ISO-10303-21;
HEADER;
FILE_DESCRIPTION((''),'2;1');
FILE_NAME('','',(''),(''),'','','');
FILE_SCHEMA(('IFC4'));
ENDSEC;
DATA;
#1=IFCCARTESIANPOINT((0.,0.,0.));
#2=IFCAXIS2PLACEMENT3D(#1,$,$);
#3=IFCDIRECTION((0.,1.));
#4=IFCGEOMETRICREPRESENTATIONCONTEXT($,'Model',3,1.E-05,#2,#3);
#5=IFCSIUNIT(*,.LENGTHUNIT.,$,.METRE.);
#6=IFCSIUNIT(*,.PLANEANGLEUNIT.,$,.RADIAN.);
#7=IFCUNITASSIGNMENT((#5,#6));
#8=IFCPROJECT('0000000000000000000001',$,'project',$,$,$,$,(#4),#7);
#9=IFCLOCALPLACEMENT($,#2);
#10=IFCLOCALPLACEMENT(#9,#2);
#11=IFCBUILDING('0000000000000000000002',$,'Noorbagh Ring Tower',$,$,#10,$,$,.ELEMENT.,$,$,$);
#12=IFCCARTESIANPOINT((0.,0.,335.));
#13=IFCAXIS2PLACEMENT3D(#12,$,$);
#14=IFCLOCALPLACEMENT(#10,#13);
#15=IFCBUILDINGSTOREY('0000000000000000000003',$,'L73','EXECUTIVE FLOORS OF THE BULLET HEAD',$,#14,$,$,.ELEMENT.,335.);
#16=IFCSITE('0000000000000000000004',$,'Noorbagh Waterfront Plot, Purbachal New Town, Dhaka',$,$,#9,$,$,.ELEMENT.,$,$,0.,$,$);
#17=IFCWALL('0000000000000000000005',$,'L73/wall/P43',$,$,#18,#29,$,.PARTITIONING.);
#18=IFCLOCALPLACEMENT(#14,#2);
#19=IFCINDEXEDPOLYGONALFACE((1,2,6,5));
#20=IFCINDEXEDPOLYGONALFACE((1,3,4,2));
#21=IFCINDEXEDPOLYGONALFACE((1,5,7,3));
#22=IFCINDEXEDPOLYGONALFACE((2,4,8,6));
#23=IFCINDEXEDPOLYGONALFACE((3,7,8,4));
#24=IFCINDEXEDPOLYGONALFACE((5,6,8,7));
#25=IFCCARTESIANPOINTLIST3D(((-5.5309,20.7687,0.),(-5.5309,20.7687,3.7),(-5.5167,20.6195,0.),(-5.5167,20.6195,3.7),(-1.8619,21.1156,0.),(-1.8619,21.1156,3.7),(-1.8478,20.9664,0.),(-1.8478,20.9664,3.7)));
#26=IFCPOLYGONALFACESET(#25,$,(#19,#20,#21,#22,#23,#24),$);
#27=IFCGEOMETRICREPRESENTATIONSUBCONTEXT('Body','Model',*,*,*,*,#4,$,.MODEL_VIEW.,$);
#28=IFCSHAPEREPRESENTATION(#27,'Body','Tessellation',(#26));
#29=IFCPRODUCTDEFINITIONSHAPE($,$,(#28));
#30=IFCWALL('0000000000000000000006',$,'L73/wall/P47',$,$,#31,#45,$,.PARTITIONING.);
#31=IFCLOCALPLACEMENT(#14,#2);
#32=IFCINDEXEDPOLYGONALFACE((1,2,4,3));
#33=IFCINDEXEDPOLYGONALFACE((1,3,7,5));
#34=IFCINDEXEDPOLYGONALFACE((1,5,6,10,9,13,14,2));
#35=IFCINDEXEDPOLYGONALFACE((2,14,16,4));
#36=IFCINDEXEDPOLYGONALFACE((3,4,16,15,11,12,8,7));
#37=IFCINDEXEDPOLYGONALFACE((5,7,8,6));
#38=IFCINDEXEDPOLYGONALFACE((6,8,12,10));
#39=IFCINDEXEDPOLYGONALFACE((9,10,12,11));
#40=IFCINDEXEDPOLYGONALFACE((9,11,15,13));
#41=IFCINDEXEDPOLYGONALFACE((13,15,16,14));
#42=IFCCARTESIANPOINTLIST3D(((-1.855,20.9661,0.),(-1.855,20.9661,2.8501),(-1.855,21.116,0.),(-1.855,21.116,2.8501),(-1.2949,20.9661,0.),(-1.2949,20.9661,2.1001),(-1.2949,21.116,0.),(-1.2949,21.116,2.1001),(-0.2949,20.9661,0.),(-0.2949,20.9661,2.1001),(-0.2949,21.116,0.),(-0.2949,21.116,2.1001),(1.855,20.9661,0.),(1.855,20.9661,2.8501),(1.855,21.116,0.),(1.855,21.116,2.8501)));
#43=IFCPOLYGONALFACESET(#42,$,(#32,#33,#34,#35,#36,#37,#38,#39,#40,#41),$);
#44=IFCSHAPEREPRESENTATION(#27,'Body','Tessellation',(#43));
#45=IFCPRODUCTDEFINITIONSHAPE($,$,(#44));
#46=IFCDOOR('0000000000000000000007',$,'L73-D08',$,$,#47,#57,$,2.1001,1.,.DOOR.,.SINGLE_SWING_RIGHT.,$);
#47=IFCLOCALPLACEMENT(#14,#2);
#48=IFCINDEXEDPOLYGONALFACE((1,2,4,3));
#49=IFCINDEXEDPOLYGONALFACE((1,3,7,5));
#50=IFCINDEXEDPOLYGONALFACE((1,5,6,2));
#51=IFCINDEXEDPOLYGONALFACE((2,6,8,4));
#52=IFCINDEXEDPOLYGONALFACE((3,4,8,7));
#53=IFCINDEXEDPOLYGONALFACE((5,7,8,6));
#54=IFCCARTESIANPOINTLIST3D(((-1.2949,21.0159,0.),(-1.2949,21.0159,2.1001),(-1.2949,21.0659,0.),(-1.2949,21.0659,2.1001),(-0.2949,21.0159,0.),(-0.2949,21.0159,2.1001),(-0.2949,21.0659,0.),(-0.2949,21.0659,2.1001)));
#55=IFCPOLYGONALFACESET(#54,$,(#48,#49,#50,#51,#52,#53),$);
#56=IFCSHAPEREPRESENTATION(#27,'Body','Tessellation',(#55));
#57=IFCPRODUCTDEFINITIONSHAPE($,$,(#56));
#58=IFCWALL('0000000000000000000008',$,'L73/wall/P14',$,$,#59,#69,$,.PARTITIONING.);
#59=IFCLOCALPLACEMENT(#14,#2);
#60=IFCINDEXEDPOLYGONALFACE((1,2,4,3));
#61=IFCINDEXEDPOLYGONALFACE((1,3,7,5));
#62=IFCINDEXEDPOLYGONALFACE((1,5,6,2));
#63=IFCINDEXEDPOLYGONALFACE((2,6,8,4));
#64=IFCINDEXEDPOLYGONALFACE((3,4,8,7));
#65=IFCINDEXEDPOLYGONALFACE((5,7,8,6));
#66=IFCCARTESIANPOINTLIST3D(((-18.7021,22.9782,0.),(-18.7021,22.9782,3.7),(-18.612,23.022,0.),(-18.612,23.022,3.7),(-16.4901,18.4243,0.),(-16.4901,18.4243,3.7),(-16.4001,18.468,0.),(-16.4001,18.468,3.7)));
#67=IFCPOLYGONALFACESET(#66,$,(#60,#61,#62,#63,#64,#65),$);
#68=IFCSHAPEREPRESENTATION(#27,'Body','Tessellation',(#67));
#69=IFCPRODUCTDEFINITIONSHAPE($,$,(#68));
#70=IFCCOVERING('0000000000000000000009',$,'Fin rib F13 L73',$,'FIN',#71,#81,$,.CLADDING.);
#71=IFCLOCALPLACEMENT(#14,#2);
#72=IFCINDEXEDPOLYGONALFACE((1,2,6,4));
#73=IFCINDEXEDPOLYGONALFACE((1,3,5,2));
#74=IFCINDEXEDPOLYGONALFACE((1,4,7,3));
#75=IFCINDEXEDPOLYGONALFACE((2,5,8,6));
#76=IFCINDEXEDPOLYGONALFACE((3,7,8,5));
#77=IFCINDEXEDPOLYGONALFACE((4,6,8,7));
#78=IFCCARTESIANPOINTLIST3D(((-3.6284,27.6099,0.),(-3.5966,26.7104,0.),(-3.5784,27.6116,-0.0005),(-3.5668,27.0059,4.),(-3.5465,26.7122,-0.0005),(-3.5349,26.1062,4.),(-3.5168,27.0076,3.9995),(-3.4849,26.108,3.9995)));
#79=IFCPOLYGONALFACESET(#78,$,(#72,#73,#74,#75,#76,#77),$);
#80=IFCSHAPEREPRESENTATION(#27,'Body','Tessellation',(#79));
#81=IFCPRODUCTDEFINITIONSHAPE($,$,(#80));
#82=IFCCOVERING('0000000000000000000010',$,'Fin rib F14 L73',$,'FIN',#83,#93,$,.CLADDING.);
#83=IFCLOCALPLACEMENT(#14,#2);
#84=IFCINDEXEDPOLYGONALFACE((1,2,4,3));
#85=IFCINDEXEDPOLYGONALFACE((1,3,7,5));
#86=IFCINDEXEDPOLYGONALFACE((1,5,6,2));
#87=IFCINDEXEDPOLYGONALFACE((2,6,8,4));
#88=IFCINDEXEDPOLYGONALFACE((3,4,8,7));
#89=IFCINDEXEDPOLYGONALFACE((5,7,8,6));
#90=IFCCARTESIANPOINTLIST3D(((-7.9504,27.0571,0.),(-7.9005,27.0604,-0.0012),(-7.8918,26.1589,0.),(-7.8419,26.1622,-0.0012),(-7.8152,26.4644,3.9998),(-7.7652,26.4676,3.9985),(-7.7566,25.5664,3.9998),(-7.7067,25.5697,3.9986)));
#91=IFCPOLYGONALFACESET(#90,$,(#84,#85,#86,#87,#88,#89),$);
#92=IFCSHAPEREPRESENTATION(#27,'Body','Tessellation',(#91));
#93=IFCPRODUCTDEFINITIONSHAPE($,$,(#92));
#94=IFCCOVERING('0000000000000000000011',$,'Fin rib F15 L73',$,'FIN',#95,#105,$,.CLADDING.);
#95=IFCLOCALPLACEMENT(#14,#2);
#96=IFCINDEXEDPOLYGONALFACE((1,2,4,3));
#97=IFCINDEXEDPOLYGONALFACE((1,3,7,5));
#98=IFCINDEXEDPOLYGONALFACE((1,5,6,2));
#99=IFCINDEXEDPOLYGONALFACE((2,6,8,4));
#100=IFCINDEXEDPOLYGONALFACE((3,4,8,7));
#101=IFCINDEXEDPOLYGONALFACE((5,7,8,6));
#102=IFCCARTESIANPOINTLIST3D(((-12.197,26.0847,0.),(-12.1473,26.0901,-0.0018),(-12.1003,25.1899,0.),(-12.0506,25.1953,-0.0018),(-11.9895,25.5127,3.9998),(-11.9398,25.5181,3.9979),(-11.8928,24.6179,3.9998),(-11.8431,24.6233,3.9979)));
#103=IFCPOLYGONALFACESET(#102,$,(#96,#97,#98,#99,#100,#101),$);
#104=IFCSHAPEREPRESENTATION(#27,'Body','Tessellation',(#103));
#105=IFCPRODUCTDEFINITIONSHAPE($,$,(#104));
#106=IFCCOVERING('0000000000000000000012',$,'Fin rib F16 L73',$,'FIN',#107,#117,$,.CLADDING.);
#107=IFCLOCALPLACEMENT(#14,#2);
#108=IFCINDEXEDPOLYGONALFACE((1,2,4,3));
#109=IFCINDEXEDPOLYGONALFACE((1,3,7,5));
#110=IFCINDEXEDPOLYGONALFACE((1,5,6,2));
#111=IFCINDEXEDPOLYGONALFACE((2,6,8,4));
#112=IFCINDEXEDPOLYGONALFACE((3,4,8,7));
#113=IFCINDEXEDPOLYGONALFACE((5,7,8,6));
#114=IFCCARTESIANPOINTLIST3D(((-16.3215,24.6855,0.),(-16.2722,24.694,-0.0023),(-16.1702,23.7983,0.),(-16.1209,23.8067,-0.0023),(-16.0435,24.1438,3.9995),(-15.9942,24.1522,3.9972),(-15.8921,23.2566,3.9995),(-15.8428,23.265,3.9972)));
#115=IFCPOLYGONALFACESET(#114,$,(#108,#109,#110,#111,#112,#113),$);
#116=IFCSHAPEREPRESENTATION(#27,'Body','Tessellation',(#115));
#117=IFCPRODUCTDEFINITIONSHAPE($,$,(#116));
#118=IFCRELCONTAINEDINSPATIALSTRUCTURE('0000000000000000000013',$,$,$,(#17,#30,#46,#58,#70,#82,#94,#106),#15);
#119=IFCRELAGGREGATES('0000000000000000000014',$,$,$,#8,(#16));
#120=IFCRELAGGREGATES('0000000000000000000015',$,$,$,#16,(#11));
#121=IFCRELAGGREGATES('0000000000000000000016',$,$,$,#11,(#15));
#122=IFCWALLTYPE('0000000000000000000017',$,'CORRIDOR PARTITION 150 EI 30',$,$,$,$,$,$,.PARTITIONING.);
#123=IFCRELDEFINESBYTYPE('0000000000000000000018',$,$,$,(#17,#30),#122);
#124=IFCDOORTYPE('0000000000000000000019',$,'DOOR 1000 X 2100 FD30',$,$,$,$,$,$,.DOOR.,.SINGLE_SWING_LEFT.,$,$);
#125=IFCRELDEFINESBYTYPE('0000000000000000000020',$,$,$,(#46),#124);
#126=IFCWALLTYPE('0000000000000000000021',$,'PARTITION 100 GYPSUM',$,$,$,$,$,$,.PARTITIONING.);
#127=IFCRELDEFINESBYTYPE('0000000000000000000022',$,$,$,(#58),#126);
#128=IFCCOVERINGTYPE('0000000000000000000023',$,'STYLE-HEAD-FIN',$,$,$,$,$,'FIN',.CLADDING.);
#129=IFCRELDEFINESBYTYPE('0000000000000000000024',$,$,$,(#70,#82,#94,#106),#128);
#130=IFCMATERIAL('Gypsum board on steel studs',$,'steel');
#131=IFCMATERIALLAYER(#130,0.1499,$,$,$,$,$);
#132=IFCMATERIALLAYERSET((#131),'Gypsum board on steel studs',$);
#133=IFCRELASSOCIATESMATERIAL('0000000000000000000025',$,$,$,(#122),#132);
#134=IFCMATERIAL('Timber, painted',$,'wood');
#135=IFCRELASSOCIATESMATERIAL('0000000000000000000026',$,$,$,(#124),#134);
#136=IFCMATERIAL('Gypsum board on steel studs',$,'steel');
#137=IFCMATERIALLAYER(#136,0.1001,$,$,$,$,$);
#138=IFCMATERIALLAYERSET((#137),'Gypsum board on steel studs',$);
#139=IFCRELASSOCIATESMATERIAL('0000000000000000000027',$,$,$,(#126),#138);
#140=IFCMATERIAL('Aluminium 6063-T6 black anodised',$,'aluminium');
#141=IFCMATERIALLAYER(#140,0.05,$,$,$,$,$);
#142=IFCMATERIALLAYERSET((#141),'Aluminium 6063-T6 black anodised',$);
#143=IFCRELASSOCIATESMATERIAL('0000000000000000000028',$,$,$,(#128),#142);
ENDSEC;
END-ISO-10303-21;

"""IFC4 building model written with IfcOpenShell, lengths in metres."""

from ifc_helpers import new_model, si_unit, direction, frame, frame_2d, origin, place, context, subcontext, project, spatial, polyline, rectangle, outline, extrude, material, layer, layer_set, type_object, element, fill, save


model = new_model("IFC4")

# Units and contexts
model_context = context("Model", 3, precision=1e-05, world=origin(), true_north=direction((0.0, 1.0)))
body_context = subcontext(model_context, "Body", "Model", "MODEL_VIEW")
ifc_project = project(units=[si_unit("LENGTHUNIT", "METRE"), si_unit("PLANEANGLEUNIT", "RADIAN")], contexts=[model_context])

# Site, building, storey
site_placement = place(None, origin())
site = spatial("IfcSite", under=ifc_project, at=site_placement, Name="Noorbagh Waterfront Plot, Purbachal New Town, Dhaka", CompositionType="ELEMENT", RefElevation=0.0)
building_placement = place(site_placement, origin())
building = spatial("IfcBuilding", under=site, at=building_placement, Name="Noorbagh Ring Tower", CompositionType="ELEMENT")
storey_placement = place(building_placement, frame((0.0, 0.0, 335.0)))
storey = spatial("IfcBuildingStorey", under=building, at=storey_placement, Name="L73", Description="EXECUTIVE FLOORS OF THE BULLET HEAD", CompositionType="ELEMENT", Elevation=335.0)

# Wall
ifc_material_1 = material(Name="Gypsum board on steel studs", Category="steel")
ifc_layer_1 = layer(ifc_material_1, 0.1499)
ifc_layer_set_1 = layer_set([ifc_layer_1], Name="Gypsum board on steel studs")
wall_type_1 = type_object("IfcWallType", Name="CORRIDOR PARTITION 150 EI 30", PredefinedType="PARTITIONING", material=ifc_layer_set_1)
wall_1_placement = place(storey_placement, frame((-5.5239, 20.6941, 0.0), z_axis=(0.0, 0.0, 1.0), x_axis=(0.995559, 0.094137, 0.0)))
element("IfcWall", 1, at=wall_1_placement, inside=storey, type_object=wall_type_1, Name="L73/wall/P43", PredefinedType="PARTITIONING", context=body_context, shape_type="SweptSolid", body=[
    extrude(rectangle(XDim=3.6853, YDim=0.1499, at=frame_2d((1.8428, 0.0))), origin(), (0.0, 0.0, 1.0), 3.7),
])

# Wall, opening, door
wall_2_placement = place(storey_placement, frame((-1.855, 21.041, 0.0), z_axis=(0.0, 0.0, 1.0), x_axis=(1.0, 0.0, 0.0)))
wall_2 = element("IfcWall", 2, at=wall_2_placement, inside=storey, type_object=wall_type_1, Name="L73/wall/P47", PredefinedType="PARTITIONING", context=body_context, shape_type="SweptSolid", body=[
    extrude(rectangle(XDim=3.71, YDim=0.1499, at=frame_2d((1.855, 0.0))), origin(), (0.0, 0.0, 1.0), 2.8501),
])
opening_placement = place(wall_2_placement, frame((0.5601, 0.0, 0.0)))
opening = element("IfcOpeningElement", 3, at=opening_placement, cuts=wall_2, PredefinedType="OPENING", context=body_context, shape_type="SweptSolid", body=[
    extrude(rectangle(XDim=1.0, YDim=2.1001, at=frame_2d((0.5, 1.05))), frame((0.0, 0.085, 0.0), z_axis=(0.0, -1.0, 0.0), x_axis=(1.0, 0.0, 0.0)), (0.0, 0.0, 1.0), 0.1699),
])
ifc_material_2 = material(Name="Timber, painted", Category="wood")
door_type = type_object("IfcDoorType", Name="DOOR 1000 X 2100 FD30", OperationType="SINGLE_SWING_LEFT", PredefinedType="DOOR", material=ifc_material_2)
door_placement = place(opening_placement, origin())
door = element("IfcDoor", 4, at=door_placement, inside=storey, type_object=door_type, Name="L73-D08", OperationType="SINGLE_SWING_RIGHT", OverallHeight=2.1001, OverallWidth=1.0, PredefinedType="DOOR", context=body_context, shape_type="SweptSolid", body=[
    extrude(rectangle(XDim=1.0, YDim=2.1001, at=frame_2d((0.5, 1.05))), frame((0.0, 0.0249, 0.0), z_axis=(0.0, -1.0, 0.0), x_axis=(1.0, 0.0, 0.0)), (0.0, 0.0, 1.0), 0.05),
])
fill(opening, door)

# Wall
ifc_material_3 = material(Name="Gypsum board on steel studs", Category="steel")
ifc_layer_2 = layer(ifc_material_3, 0.1001)
ifc_layer_set_2 = layer_set([ifc_layer_2], Name="Gypsum board on steel studs")
wall_type_2 = type_object("IfcWallType", Name="PARTITION 100 GYPSUM", PredefinedType="PARTITIONING", material=ifc_layer_set_2)
wall_3_placement = place(storey_placement, frame((-18.657, 23.0, 0.0), z_axis=(0.0, 0.0, 1.0), x_axis=(0.436903, -0.899509, 0.0)))
element("IfcWall", 5, at=wall_3_placement, inside=storey, type_object=wall_type_2, Name="L73/wall/P14", PredefinedType="PARTITIONING", context=body_context, shape_type="SweptSolid", body=[
    extrude(rectangle(XDim=5.0627, YDim=0.1001, at=frame_2d((2.5312, 0.0))), origin(), (0.0, 0.0, 1.0), 3.7),
])

# Coverings
ifc_material_4 = material(Name="Aluminium 6063-T6 black anodised", Category="aluminium")
ifc_layer_3 = layer(ifc_material_4, 0.05)
ifc_layer_set_3 = layer_set([ifc_layer_3], Name="Aluminium 6063-T6 black anodised")
covering_type_1 = type_object("IfcCoveringType", Name="STYLE-HEAD-FIN", ElementType="FIN", PredefinedType="CLADDING", material=ifc_layer_set_3)
covering_1_placement = place(storey_placement, frame((-3.6284, 27.6099, 0.0), z_axis=(-0.999323, -0.035395, 0.010055), x_axis=(0.015236, -0.149292, 0.988676)))
element("IfcCovering", 6, at=covering_1_placement, inside=storey, type_object=covering_type_1, Name="Fin rib F13 L73", ObjectType="FIN", PredefinedType="CLADDING", context=body_context, shape_type="SweptSolid", body=[
    extrude(outline(polyline([(0.0, 0.0), (4.0458, 0.0), (4.1806, -0.8901), (0.1348, -0.8898), (0.0, 0.0)])), origin(), (0.0, 0.0, -1.0), 0.05),
])
covering_2_placement = place(storey_placement, frame((-7.9504, 27.0571, 0.0), z_axis=(-0.997589, -0.065087, 0.02409), x_axis=(0.033433, -0.146519, 0.988643)))
element("IfcCovering", 7, at=covering_2_placement, inside=storey, type_object=covering_type_1, Name="Fin rib F14 L73", ObjectType="FIN", PredefinedType="CLADDING", context=body_context, shape_type="SweptSolid", body=[
    extrude(outline(polyline([(0.0, 0.0), (4.0457, 0.0), (4.1792, -0.8899), (0.1336, -0.8901), (0.0, 0.0)])), origin(), (0.0, 0.0, -1.0), 0.05),
])
covering_3_placement = place(storey_placement, frame((-12.197, 26.0847, 0.0), z_axis=(-0.993562, -0.107353, 0.036196), x_axis=(0.051293, -0.141387, 0.988625)))
element("IfcCovering", 8, at=covering_3_placement, inside=storey, type_object=covering_type_1, Name="Fin rib F15 L73", ObjectType="FIN", PredefinedType="CLADDING", context=body_context, shape_type="SweptSolid", body=[
    extrude(outline(polyline([(0.0, 0.0), (4.0458, 0.0), (4.1772, -0.8903), (0.1315, -0.8903), (0.0, 0.0)])), origin(), (0.0, 0.0, -1.0), 0.05),
])
covering_4_placement = place(storey_placement, frame((-16.3215, 24.6855, 0.0), z_axis=(-0.984726, -0.168005, 0.045709), x_axis=(0.068735, -0.13391, 0.988607)))
element("IfcCovering", 9, at=covering_4_placement, inside=storey, type_object=covering_type_1, Name="Fin rib F16 L73", ObjectType="FIN", PredefinedType="CLADDING", context=body_context, shape_type="SweptSolid", body=[
    extrude(outline(polyline([(0.0, 0.0), (4.0456, 0.0), (4.1748, -0.8907), (0.1292, -0.8907), (0.0, 0.0)])), origin(), (0.0, 0.0, -1.0), 0.05),
])

save(model, "model.ifc")
